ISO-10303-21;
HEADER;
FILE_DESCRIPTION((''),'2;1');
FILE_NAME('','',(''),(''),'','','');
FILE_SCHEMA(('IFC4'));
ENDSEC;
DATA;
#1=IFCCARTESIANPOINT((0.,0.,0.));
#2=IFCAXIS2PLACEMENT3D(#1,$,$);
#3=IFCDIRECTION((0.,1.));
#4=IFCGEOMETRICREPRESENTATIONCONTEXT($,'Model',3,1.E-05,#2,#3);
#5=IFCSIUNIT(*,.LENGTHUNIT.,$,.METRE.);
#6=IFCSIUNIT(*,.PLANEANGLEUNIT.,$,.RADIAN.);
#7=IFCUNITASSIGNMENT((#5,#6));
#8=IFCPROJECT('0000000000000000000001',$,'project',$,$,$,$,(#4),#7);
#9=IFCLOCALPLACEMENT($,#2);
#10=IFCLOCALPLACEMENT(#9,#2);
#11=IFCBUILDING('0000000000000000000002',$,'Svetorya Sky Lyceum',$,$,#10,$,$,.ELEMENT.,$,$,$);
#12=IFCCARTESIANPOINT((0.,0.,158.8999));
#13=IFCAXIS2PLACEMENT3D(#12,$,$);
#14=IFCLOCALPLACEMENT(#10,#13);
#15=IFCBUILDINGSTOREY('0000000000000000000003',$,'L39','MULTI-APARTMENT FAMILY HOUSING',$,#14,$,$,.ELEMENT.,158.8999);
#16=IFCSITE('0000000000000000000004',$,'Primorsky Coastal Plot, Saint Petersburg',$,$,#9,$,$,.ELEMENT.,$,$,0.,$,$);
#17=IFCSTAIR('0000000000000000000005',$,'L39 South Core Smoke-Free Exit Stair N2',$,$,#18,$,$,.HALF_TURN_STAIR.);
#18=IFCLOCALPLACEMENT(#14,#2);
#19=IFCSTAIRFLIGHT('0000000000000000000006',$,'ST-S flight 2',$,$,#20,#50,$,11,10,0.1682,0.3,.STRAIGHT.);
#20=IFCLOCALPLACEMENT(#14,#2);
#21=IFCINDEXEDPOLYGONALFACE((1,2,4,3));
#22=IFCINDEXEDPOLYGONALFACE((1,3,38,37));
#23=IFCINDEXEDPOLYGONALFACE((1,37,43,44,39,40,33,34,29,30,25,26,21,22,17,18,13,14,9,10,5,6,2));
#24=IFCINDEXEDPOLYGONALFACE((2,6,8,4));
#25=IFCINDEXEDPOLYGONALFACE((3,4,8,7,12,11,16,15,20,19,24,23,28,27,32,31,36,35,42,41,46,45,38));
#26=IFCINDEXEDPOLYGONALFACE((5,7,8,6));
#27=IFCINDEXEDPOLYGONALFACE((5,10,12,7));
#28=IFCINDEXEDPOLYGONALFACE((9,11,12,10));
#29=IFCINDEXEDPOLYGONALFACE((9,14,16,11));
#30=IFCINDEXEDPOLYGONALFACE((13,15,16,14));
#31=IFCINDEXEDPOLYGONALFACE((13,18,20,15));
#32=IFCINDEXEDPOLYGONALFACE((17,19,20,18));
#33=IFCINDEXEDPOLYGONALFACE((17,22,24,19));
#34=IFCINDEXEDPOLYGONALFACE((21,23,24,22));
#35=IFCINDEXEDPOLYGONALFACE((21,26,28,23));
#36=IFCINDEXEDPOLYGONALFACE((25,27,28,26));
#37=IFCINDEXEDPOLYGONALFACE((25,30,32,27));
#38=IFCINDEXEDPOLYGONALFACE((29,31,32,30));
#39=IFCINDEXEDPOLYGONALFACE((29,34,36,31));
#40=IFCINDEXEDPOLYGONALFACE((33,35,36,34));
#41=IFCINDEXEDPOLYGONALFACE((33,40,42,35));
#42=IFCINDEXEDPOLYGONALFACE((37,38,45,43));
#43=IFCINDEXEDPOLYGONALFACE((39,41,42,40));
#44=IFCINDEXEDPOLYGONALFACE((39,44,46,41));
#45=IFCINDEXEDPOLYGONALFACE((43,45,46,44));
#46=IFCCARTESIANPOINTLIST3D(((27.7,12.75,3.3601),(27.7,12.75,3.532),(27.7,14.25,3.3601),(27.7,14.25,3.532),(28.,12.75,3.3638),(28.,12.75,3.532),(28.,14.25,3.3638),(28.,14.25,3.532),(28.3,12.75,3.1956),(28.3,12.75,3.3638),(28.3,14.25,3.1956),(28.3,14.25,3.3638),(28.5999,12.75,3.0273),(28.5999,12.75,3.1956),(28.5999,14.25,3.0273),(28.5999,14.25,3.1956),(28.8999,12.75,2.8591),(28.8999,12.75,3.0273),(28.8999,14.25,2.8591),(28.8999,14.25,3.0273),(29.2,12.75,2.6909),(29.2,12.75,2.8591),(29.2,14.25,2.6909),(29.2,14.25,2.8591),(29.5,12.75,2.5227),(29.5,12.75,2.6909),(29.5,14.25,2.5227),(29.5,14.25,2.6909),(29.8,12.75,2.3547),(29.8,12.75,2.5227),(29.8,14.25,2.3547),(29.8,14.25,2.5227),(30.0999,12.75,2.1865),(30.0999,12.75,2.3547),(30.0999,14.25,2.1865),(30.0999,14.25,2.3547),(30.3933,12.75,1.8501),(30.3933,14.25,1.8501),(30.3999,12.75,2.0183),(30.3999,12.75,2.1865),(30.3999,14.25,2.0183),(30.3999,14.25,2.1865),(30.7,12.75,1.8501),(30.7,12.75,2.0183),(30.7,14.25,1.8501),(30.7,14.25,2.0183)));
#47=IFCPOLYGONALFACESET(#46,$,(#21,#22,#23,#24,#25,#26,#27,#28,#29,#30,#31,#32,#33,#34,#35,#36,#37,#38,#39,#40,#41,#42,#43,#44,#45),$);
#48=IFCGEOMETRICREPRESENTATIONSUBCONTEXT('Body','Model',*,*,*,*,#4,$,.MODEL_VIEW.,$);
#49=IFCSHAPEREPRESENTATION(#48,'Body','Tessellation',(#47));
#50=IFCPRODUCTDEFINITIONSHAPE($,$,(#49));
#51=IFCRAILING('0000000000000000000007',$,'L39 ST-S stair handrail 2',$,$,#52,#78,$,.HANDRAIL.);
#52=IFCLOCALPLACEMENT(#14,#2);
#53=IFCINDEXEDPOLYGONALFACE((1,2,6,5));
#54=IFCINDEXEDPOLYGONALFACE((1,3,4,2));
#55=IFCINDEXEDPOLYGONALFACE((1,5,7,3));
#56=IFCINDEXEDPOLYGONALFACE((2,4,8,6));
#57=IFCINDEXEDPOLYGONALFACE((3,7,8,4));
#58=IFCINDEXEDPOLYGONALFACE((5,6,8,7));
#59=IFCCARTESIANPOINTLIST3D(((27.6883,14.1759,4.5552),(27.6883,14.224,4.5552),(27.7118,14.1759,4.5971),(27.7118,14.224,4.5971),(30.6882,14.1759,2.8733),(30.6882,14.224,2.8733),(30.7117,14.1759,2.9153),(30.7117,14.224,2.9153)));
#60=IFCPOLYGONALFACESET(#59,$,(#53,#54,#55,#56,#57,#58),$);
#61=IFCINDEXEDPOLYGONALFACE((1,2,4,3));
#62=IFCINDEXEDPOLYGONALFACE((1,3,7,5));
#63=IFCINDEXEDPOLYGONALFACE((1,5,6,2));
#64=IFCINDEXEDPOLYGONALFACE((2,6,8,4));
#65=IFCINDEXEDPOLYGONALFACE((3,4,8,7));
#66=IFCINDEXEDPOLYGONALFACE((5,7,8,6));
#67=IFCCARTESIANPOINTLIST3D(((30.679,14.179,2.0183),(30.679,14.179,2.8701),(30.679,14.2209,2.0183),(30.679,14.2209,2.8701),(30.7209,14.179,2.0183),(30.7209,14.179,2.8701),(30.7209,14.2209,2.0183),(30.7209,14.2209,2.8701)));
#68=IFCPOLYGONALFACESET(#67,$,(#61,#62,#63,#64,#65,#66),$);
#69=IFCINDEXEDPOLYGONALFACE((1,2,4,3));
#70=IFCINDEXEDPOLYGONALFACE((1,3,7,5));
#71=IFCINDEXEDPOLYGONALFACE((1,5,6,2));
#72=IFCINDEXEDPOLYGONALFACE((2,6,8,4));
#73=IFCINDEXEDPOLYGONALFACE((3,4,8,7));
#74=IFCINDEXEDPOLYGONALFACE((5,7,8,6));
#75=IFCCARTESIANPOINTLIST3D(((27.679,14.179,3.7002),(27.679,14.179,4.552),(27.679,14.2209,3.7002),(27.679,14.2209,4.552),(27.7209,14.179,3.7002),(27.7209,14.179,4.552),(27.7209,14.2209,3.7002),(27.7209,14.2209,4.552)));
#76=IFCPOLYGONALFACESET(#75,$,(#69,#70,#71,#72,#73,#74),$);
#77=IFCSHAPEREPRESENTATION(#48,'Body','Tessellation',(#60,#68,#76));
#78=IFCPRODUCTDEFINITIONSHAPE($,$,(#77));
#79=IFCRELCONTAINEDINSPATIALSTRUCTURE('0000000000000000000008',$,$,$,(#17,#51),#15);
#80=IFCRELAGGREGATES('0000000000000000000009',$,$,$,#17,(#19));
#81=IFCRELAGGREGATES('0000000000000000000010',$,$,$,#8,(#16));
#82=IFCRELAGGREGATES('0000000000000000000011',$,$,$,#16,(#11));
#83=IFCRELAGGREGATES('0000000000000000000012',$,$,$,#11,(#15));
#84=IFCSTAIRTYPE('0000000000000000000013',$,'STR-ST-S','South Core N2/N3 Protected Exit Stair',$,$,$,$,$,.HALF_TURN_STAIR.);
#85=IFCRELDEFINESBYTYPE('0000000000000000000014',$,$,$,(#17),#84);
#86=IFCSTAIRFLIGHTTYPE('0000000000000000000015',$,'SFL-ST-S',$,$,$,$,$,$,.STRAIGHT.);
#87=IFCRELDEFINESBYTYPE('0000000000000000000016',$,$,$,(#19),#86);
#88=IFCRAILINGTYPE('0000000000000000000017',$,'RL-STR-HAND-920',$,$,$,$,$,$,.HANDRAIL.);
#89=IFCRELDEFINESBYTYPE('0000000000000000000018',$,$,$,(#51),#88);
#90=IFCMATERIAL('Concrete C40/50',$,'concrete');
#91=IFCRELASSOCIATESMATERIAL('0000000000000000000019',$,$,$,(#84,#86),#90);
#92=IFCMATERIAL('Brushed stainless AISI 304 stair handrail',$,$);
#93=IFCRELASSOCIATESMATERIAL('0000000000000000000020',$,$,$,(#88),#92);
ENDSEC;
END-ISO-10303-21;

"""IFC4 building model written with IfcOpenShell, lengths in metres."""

from ifc_helpers import new_model, si_unit, direction, frame, origin, origin_2d, place, context, subcontext, project, spatial, polyline, rectangle, outline, extrude, material, type_object, element, aggregate, save


model = new_model("IFC4")

# Units and contexts
model_context = context("Model", 3, precision=1e-05, world=origin(), true_north=direction((0.0, 1.0)))
body_context = subcontext(model_context, "Body", "Model", "MODEL_VIEW")
ifc_project = project(units=[si_unit("LENGTHUNIT", "METRE"), si_unit("PLANEANGLEUNIT", "RADIAN")], contexts=[model_context])

# Site, building, storey
site_placement = place(None, origin())
site = spatial("IfcSite", under=ifc_project, at=site_placement, Name="Primorsky Coastal Plot, Saint Petersburg", CompositionType="ELEMENT", RefElevation=0.0)
building_placement = place(site_placement, origin())
building = spatial("IfcBuilding", under=site, at=building_placement, Name="Svetorya Sky Lyceum", CompositionType="ELEMENT")
storey_placement = place(building_placement, frame((0.0, 0.0, 158.8999)))
storey = spatial("IfcBuildingStorey", under=building, at=storey_placement, Name="L39", Description="MULTI-APARTMENT FAMILY HOUSING", CompositionType="ELEMENT", Elevation=158.8999)

# Stair, stair flight
ifc_material_1 = material(Name="Concrete C40/50", Category="concrete")
stair_type = type_object("IfcStairType", Name="STR-ST-S", Description="South Core N2/N3 Protected Exit Stair", PredefinedType="HALF_TURN_STAIR", material=ifc_material_1)
stair_placement = place(storey_placement, origin())
stair = element("IfcStair", 1, at=stair_placement, inside=storey, type_object=stair_type, Name="L39 South Core Smoke-Free Exit Stair N2", PredefinedType="HALF_TURN_STAIR")
stair_flight_type = type_object("IfcStairFlightType", Name="SFL-ST-S", PredefinedType="STRAIGHT", material=ifc_material_1)
stair_flight_placement = place(storey_placement, frame((30.7, 13.5, 1.8501), z_axis=(0.0, 0.0, 1.0), x_axis=(-1.0, 0.0, 0.0)))
stair_flight = element("IfcStairFlight", 2, at=stair_flight_placement, type_object=stair_flight_type, Name="ST-S flight 2", NumberOfRisers=11, NumberOfTreads=10, PredefinedType="STRAIGHT", RiserHeight=0.1682, TreadLength=0.3, context=body_context, shape_type="SweptSolid", body=[
    extrude(outline(polyline([(0.0, 0.0), (0.0, 0.1682), (0.3, 0.1682), (0.3, 0.3364), (0.6001, 0.3364), (0.6001, 0.5046), (0.8999, 0.5046), (0.8999, 0.6726), (1.2, 0.6726), (1.2, 0.8408), (1.5, 0.8408), (1.5, 1.009), (1.8, 1.009), (1.8, 1.1772), (2.1001, 1.1772), (2.1001, 1.3455), (2.3999, 1.3455), (2.3999, 1.5137), (2.7, 1.5137), (2.7, 1.6819), (3.0, 1.6819), (3.0, 1.8501), (3.0, 1.51), (0.3066, 0.0), (0.0, 0.0)])), frame((0.0, 0.75, 0.0), z_axis=(0.0, -1.0, 0.0), x_axis=(1.0, 0.0, 0.0)), (0.0, 0.0, 1.0), 1.5),
])
aggregate(stair, [stair_flight])

# Railing
ifc_material_2 = material(Name="Brushed stainless AISI 304 stair handrail")
railing_type = type_object("IfcRailingType", Name="RL-STR-HAND-920", PredefinedType="HANDRAIL", material=ifc_material_2)
railing_placement = place(storey_placement, frame((30.7, 14.2, 2.0183)))
element("IfcRailing", 3, at=railing_placement, inside=storey, type_object=railing_type, Name="L39 ST-S stair handrail 2", PredefinedType="HANDRAIL", context=body_context, shape_type="SweptSolid", body=[
    extrude(rectangle(XDim=0.0481, YDim=0.0481, at=origin_2d()), frame((0.0, 0.0, 0.876), z_axis=(-0.872272, 0.0, 0.48902), x_axis=(0.0, -1.0, 0.0)), (0.0, 0.0, 1.0), 3.4392),
    extrude(rectangle(XDim=0.042, YDim=0.042, at=origin_2d()), origin(), (0.0, 0.0, 1.0), 0.8518),
    extrude(rectangle(XDim=0.042, YDim=0.042, at=origin_2d()), frame((-3.0, 0.0, 1.6819)), (0.0, 0.0, 1.0), 0.8518),
])

save(model, "model.ifc")
